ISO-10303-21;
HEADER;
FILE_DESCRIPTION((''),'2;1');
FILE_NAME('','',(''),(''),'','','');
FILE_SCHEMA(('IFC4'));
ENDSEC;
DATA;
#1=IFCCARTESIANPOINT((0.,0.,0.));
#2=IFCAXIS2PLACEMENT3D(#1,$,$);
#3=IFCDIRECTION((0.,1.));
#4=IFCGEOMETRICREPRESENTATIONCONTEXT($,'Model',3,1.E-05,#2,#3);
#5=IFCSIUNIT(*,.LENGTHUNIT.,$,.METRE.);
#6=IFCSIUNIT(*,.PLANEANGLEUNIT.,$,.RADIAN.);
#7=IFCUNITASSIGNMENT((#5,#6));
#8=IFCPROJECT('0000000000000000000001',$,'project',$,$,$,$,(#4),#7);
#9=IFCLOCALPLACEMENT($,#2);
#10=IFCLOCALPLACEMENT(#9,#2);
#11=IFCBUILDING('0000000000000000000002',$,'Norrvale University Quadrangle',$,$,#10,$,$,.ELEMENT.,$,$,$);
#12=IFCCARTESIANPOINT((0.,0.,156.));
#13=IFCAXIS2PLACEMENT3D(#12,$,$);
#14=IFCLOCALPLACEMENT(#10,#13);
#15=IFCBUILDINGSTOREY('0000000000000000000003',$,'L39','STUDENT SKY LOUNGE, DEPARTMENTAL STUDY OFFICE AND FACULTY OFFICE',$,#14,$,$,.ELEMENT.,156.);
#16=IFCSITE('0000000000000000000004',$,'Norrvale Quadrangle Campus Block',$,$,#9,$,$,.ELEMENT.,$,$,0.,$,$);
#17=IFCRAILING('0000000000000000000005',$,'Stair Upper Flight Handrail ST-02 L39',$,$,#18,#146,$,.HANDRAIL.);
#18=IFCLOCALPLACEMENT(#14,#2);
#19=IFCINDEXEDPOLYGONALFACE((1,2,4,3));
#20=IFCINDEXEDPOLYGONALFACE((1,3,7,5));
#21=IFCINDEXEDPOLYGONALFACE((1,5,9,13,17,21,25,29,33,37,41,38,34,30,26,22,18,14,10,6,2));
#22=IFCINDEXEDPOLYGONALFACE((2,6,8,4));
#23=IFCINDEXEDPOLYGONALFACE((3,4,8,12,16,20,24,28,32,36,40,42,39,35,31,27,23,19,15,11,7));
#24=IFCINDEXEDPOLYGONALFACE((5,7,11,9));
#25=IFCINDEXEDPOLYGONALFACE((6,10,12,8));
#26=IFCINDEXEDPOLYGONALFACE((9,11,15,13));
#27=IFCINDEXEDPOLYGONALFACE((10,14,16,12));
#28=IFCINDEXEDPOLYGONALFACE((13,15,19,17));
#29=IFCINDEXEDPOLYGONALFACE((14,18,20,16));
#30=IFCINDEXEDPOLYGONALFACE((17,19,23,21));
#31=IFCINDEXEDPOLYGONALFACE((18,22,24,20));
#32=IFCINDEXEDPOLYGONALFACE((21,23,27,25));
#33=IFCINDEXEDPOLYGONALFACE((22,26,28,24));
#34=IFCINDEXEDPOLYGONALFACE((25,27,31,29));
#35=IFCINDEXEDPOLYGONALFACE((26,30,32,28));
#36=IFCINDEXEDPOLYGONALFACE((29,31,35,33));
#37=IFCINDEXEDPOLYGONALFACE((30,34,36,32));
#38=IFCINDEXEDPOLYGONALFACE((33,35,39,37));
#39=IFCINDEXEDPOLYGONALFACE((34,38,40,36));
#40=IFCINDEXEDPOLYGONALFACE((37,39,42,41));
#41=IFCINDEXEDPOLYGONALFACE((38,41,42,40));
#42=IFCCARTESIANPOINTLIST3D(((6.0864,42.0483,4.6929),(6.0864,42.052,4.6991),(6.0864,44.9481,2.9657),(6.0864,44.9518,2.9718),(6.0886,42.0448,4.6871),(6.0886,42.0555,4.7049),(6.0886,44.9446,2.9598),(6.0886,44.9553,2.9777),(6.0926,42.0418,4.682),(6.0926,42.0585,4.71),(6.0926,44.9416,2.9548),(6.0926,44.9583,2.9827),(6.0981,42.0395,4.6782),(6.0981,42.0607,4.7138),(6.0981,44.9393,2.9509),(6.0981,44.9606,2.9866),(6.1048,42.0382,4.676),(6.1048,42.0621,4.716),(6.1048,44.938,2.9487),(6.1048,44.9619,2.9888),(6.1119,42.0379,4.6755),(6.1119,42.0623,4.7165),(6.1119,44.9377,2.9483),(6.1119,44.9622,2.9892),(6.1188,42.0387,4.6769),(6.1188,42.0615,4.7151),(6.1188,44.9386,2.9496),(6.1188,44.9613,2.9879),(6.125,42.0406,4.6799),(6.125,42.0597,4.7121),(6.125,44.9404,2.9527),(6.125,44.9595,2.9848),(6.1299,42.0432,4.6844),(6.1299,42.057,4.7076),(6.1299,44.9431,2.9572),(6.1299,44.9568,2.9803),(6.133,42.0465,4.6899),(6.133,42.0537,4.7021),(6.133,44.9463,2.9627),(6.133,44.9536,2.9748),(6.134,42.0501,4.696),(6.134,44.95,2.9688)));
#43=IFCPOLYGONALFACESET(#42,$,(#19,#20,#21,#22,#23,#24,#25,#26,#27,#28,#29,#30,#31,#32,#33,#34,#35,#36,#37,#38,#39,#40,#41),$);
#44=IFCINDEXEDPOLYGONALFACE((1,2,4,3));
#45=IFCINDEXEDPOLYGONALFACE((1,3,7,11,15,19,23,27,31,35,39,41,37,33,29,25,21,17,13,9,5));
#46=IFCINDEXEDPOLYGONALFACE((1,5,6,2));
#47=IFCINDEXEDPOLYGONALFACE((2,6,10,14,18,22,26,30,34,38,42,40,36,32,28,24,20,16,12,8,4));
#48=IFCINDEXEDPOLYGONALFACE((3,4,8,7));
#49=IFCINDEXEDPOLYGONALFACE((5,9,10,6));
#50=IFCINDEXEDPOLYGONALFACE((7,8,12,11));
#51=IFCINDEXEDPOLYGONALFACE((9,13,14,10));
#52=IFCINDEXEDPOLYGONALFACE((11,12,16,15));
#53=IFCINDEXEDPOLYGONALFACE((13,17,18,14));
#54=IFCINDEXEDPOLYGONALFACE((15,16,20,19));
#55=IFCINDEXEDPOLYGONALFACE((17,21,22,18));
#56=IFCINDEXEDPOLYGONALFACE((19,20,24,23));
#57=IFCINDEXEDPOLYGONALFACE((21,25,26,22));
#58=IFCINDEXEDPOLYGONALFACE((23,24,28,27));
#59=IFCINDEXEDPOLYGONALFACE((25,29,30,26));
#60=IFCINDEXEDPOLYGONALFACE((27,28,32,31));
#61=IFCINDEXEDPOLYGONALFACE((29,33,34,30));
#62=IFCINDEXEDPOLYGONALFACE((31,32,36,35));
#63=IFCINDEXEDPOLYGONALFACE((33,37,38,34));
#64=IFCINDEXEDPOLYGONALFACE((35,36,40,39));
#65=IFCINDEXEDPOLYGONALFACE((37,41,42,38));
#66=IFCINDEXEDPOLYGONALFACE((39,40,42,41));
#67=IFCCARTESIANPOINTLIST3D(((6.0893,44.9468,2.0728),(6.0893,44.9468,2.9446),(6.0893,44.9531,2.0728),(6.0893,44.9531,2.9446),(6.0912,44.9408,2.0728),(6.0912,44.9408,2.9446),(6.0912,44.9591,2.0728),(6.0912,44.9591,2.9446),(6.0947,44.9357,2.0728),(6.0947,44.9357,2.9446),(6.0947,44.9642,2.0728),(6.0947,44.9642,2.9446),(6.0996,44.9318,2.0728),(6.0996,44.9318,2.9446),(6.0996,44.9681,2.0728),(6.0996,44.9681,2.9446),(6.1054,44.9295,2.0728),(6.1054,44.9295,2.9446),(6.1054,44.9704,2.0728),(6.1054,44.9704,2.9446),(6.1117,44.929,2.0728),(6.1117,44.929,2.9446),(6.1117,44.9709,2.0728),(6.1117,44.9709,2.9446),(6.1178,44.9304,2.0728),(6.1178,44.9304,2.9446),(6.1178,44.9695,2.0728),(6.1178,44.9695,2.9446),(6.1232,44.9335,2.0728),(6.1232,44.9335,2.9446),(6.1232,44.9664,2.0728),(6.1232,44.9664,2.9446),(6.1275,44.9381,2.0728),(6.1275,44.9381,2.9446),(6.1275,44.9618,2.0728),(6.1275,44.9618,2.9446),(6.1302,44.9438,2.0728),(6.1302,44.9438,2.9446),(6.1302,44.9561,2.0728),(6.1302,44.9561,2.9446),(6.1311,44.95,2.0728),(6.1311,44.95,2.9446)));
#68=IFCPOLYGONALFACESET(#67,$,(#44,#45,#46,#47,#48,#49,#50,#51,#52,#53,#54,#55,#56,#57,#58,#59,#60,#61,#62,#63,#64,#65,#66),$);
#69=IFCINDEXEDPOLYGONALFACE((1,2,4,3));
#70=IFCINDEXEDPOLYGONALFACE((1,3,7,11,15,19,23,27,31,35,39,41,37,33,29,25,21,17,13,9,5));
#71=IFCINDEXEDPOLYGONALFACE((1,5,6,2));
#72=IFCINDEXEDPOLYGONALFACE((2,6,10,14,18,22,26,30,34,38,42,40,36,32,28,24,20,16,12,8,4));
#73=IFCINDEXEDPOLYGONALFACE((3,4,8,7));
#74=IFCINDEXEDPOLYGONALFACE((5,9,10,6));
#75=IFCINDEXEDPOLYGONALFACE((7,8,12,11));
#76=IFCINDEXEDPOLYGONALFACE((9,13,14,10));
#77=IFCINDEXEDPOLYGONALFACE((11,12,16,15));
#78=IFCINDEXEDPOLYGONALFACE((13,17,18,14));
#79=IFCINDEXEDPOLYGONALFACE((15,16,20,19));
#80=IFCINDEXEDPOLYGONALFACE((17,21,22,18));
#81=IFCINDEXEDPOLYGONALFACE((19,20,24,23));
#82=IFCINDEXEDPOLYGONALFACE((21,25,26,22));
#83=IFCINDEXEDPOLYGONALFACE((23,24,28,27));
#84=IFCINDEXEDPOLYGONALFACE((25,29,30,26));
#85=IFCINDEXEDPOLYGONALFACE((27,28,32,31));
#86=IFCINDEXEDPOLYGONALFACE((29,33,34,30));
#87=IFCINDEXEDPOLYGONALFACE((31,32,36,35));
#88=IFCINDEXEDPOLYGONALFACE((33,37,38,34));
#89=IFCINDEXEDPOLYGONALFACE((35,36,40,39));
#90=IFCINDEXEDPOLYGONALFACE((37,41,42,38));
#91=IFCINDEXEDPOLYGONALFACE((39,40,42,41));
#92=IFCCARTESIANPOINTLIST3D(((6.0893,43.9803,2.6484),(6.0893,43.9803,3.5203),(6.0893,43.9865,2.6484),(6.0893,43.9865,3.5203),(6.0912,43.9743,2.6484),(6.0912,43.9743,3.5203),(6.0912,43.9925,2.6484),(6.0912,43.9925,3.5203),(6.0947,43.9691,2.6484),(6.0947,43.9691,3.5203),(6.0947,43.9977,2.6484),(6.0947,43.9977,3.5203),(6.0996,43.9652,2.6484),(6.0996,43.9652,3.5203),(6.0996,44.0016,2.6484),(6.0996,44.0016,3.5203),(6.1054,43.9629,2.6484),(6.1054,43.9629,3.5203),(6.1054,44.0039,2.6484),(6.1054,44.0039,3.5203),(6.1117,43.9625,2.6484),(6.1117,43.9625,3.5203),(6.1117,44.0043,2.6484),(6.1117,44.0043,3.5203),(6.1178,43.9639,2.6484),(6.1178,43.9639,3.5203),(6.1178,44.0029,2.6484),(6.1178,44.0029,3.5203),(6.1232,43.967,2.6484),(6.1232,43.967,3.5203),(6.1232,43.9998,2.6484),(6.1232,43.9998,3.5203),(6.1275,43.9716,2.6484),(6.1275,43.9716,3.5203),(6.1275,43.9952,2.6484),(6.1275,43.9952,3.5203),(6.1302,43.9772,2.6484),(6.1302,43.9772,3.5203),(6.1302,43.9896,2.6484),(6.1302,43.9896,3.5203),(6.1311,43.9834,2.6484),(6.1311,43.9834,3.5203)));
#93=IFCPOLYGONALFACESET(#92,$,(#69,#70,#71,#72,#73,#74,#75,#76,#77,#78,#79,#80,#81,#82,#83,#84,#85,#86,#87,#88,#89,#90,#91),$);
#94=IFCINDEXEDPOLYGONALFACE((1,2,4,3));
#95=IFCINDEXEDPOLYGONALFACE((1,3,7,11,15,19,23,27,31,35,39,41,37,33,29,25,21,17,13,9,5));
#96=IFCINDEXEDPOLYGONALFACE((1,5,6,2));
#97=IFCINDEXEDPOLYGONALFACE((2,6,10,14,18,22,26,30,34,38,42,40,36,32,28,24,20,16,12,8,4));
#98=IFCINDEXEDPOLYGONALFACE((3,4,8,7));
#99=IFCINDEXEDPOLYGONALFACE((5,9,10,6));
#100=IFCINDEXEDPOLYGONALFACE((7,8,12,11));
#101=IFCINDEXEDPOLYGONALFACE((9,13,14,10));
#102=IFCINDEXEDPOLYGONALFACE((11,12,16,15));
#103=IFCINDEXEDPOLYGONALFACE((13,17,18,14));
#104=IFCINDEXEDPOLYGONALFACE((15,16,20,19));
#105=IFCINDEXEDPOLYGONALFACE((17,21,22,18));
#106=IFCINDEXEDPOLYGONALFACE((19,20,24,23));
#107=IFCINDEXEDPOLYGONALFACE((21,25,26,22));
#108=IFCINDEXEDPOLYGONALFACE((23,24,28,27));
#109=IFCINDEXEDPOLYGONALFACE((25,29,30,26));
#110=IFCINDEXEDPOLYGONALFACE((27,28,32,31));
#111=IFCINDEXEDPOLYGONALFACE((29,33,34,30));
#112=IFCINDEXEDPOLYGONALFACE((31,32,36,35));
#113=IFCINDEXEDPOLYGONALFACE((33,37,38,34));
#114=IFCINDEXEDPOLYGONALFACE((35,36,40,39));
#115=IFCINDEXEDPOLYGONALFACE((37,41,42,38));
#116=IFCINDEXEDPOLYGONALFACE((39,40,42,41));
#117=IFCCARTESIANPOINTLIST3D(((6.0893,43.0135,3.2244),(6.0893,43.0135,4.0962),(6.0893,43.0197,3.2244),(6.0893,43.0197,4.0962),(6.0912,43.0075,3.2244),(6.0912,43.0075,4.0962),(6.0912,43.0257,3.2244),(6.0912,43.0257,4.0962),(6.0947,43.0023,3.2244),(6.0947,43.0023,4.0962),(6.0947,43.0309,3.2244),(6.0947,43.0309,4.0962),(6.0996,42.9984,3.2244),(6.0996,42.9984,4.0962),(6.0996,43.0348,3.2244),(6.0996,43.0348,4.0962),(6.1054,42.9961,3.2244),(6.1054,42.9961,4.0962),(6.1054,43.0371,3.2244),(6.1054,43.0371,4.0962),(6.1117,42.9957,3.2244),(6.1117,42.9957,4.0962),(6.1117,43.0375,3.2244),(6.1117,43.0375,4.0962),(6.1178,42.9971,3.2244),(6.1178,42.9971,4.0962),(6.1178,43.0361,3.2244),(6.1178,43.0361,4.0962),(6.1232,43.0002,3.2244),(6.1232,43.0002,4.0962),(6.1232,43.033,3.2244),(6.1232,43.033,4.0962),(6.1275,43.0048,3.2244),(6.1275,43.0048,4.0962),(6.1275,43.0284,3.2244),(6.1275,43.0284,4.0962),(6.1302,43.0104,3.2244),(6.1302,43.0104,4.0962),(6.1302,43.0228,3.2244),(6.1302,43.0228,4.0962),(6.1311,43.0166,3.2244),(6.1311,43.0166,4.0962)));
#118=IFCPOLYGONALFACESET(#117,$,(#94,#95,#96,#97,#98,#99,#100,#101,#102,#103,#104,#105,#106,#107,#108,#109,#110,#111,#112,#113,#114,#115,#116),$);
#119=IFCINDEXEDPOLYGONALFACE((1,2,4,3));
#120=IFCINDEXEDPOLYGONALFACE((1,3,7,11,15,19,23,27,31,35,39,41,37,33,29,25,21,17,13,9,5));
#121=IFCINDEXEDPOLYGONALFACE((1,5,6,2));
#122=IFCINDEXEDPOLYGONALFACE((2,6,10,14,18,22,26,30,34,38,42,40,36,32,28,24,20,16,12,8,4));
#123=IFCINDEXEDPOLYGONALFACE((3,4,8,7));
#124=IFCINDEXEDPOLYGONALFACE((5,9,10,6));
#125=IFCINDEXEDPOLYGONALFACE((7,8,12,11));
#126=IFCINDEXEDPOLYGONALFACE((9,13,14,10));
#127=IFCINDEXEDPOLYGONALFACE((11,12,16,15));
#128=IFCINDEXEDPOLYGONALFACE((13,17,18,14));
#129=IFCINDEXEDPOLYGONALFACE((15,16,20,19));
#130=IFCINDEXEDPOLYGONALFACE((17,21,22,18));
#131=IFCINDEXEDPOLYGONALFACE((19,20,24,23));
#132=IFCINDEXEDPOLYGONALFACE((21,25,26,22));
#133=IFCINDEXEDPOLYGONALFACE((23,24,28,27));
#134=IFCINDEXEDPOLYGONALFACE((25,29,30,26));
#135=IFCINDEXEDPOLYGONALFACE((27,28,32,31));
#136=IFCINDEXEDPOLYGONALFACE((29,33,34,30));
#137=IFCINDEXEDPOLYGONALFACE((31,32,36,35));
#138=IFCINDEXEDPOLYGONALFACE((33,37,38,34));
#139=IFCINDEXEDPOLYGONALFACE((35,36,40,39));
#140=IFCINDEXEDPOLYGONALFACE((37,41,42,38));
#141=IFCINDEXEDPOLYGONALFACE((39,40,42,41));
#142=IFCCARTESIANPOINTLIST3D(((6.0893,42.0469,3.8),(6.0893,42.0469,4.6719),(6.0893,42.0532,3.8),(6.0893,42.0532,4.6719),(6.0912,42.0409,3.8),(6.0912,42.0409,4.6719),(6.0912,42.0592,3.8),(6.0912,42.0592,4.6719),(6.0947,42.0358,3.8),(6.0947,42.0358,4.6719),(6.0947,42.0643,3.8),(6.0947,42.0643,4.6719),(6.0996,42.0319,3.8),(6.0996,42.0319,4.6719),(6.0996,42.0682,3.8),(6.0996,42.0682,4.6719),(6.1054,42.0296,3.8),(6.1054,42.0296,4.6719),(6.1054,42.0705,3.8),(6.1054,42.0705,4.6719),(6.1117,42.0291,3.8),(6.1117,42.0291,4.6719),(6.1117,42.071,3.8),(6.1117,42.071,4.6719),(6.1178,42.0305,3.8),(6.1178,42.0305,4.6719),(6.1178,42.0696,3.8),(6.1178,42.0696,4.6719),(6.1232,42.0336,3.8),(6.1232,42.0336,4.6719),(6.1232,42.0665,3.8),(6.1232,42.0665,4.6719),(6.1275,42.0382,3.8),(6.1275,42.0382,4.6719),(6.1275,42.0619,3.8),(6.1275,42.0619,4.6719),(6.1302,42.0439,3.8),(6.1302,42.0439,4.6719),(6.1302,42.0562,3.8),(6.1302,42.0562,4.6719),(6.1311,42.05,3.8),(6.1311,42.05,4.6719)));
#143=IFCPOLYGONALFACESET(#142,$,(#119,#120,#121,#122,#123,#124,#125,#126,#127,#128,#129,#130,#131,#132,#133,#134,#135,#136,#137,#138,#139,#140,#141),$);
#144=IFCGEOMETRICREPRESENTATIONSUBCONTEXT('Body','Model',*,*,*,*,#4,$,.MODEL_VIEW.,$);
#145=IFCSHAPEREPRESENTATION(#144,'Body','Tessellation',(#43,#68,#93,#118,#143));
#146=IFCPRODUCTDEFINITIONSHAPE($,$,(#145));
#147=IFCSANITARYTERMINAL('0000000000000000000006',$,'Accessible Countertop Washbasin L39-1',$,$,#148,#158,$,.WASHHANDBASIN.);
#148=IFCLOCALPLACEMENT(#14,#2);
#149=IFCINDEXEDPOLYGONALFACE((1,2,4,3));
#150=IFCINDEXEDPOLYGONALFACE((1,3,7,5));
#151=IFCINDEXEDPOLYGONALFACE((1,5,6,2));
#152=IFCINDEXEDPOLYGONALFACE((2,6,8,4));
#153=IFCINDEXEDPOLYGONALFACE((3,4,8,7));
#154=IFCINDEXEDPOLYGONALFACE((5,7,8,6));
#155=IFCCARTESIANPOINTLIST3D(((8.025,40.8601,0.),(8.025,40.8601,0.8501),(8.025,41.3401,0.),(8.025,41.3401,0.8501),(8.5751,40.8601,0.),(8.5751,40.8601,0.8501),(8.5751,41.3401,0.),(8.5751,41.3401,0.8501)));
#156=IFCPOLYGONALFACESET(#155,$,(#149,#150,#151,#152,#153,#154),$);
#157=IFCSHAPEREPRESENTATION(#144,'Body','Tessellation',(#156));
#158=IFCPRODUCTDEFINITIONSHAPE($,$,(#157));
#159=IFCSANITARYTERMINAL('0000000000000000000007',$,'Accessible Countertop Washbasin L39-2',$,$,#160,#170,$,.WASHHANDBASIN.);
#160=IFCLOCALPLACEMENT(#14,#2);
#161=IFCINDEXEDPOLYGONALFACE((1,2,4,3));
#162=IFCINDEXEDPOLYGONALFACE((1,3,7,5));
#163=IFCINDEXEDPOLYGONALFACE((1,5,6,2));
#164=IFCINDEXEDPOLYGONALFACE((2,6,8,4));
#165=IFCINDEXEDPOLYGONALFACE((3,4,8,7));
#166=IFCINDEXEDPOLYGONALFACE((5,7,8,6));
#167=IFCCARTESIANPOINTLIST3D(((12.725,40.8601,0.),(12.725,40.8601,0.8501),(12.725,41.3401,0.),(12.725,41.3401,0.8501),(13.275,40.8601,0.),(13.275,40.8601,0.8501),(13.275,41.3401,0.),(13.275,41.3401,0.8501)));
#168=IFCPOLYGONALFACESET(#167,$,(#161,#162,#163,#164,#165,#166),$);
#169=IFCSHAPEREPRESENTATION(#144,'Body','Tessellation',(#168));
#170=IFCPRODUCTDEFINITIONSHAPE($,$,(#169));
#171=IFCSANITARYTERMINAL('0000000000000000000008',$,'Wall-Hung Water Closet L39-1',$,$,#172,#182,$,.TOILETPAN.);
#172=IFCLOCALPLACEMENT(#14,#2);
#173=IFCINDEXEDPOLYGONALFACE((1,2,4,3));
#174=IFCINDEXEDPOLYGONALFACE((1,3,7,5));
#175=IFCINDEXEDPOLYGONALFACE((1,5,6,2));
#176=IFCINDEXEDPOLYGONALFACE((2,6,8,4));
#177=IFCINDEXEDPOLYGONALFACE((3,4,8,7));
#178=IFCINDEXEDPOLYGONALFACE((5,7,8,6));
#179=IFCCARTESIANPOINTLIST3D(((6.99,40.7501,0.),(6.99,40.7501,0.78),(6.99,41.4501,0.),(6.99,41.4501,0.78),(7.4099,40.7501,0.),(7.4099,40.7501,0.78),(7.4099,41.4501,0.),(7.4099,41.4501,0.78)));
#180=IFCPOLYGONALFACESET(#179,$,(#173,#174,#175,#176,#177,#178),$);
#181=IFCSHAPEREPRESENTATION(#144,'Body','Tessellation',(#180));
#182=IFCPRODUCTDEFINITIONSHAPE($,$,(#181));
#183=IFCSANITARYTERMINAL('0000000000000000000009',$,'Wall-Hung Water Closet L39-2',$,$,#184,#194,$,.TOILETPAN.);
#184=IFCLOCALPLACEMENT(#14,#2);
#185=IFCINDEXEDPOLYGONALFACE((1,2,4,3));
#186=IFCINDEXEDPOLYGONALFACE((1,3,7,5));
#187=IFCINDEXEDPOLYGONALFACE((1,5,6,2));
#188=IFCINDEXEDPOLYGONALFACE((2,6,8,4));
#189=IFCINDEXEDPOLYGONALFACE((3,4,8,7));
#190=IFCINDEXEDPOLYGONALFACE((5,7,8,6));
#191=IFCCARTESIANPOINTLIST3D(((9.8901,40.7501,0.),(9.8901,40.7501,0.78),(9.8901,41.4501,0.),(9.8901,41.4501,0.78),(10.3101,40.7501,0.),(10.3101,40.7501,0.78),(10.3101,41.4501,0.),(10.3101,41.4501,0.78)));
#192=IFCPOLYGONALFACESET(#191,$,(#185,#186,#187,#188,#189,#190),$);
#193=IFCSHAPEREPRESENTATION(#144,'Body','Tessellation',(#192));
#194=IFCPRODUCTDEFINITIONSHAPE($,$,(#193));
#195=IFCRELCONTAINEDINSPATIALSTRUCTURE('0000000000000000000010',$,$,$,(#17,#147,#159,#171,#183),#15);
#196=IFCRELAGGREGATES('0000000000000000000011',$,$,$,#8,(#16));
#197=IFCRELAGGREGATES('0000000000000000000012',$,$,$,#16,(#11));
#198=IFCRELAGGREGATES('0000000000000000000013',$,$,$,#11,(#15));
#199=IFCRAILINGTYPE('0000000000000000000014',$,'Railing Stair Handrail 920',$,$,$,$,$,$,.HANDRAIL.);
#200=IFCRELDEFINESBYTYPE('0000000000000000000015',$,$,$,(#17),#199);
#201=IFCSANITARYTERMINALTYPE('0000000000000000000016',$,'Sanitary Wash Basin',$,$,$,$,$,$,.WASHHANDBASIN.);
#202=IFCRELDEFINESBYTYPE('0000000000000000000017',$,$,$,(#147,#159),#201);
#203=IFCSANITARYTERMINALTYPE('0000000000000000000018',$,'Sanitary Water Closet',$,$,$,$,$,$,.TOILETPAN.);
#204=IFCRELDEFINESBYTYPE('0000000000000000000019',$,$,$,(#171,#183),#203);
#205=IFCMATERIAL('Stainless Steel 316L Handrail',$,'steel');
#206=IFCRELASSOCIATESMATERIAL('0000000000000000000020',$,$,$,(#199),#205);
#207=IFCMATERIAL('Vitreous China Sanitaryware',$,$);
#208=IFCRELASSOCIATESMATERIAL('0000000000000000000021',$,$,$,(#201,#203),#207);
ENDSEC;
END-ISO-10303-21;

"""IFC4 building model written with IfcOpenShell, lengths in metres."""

from ifc_helpers import new_model, si_unit, direction, frame, origin, origin_2d, place, context, subcontext, project, spatial, rectangle, circle, extrude, material, type_object, element, save


model = new_model("IFC4")

# Units and contexts
model_context = context("Model", 3, precision=1e-05, world=origin(), true_north=direction((0.0, 1.0)))
body_context = subcontext(model_context, "Body", "Model", "MODEL_VIEW")
ifc_project = project(units=[si_unit("LENGTHUNIT", "METRE"), si_unit("PLANEANGLEUNIT", "RADIAN")], contexts=[model_context])

# Site, building, storey
site_placement = place(None, origin())
site = spatial("IfcSite", under=ifc_project, at=site_placement, Name="Norrvale Quadrangle Campus Block", CompositionType="ELEMENT", RefElevation=0.0)
building_placement = place(site_placement, origin())
building = spatial("IfcBuilding", under=site, at=building_placement, Name="Norrvale University Quadrangle", CompositionType="ELEMENT")
storey_placement = place(building_placement, frame((0.0, 0.0, 156.0)))
storey = spatial("IfcBuildingStorey", under=building, at=storey_placement, Name="L39", Description="STUDENT SKY LOUNGE, DEPARTMENTAL STUDY OFFICE AND FACULTY OFFICE", CompositionType="ELEMENT", Elevation=156.0)

# Railing
ifc_material_1 = material(Name="Stainless Steel 316L Handrail", Category="steel")
railing_type_1 = type_object("IfcRailingType", Name="Railing Stair Handrail 920", PredefinedType="HANDRAIL", material=ifc_material_1)
railing_1_placement = place(storey_placement, frame((6.1101, 44.95, 2.0728)))
element("IfcRailing", 1, at=railing_1_placement, inside=storey, type_object=railing_type_1, Name="Stair Upper Flight Handrail ST-02 L39", PredefinedType="HANDRAIL", context=body_context, shape_type="SweptSolid", body=[
    extrude(circle(Radius=0.0239, at=origin_2d()), frame((0.0, 0.0, 0.896), z_axis=(0.0, -0.859141, 0.511738), x_axis=(1.0, 0.0, 0.0)), (0.0, 0.0, 1.0), 3.3752),
    extrude(circle(Radius=0.021, at=origin_2d()), origin(), (0.0, 0.0, 1.0), 0.8718),
    extrude(circle(Radius=0.021, at=origin_2d()), frame((0.0, -0.9666, 0.5757)), (0.0, 0.0, 1.0), 0.8718),
    extrude(circle(Radius=0.021, at=origin_2d()), frame((0.0, -1.9333, 1.1516)), (0.0, 0.0, 1.0), 0.8718),
    extrude(circle(Radius=0.021, at=origin_2d()), frame((0.0, -2.8999, 1.7273)), (0.0, 0.0, 1.0), 0.8718),
])

# Sanitary terminals
ifc_material_2 = material(Name="Vitreous China Sanitaryware")
sanitary_terminal_type_1 = type_object("IfcSanitaryTerminalType", Name="Sanitary Wash Basin", PredefinedType="WASHHANDBASIN", material=ifc_material_2)
for number, where, z_axis, x_axis, name in (
    (2, (8.3, 41.1001, 0.0), (0.0, 0.0, 1.0), (1.0, 0.0, 0.0), "Accessible Countertop Washbasin L39-1"),
    (3, (13.0, 41.1001, 0.0), (0.0, 0.0, 1.0), (1.0, 0.0, 0.0), "Accessible Countertop Washbasin L39-2"),
):
    element("IfcSanitaryTerminal", number, at=place(storey_placement, frame(where, z_axis=z_axis, x_axis=x_axis)), inside=storey, type_object=sanitary_terminal_type_1, Name=name, PredefinedType="WASHHANDBASIN", context=body_context, shape_type="SweptSolid", body=[
        extrude(rectangle(XDim=0.55, YDim=0.48, at=origin_2d()), origin(), (0.0, 0.0, 1.0), 0.8501),
    ])
sanitary_terminal_type_2 = type_object("IfcSanitaryTerminalType", Name="Sanitary Water Closet", PredefinedType="TOILETPAN", material=ifc_material_2)
for number, where, z_axis, x_axis, name in (
    (4, (7.2, 41.1001, 0.0), (0.0, 0.0, 1.0), (1.0, 0.0, 0.0), "Wall-Hung Water Closet L39-1"),
    (5, (10.1001, 41.1001, 0.0), (0.0, 0.0, 1.0), (1.0, 0.0, 0.0), "Wall-Hung Water Closet L39-2"),
):
    element("IfcSanitaryTerminal", number, at=place(storey_placement, frame(where, z_axis=z_axis, x_axis=x_axis)), inside=storey, type_object=sanitary_terminal_type_2, Name=name, PredefinedType="TOILETPAN", context=body_context, shape_type="SweptSolid", body=[
        extrude(rectangle(XDim=0.4199, YDim=0.7, at=origin_2d()), origin(), (0.0, 0.0, 1.0), 0.78),
    ])

save(model, "model.ifc")
